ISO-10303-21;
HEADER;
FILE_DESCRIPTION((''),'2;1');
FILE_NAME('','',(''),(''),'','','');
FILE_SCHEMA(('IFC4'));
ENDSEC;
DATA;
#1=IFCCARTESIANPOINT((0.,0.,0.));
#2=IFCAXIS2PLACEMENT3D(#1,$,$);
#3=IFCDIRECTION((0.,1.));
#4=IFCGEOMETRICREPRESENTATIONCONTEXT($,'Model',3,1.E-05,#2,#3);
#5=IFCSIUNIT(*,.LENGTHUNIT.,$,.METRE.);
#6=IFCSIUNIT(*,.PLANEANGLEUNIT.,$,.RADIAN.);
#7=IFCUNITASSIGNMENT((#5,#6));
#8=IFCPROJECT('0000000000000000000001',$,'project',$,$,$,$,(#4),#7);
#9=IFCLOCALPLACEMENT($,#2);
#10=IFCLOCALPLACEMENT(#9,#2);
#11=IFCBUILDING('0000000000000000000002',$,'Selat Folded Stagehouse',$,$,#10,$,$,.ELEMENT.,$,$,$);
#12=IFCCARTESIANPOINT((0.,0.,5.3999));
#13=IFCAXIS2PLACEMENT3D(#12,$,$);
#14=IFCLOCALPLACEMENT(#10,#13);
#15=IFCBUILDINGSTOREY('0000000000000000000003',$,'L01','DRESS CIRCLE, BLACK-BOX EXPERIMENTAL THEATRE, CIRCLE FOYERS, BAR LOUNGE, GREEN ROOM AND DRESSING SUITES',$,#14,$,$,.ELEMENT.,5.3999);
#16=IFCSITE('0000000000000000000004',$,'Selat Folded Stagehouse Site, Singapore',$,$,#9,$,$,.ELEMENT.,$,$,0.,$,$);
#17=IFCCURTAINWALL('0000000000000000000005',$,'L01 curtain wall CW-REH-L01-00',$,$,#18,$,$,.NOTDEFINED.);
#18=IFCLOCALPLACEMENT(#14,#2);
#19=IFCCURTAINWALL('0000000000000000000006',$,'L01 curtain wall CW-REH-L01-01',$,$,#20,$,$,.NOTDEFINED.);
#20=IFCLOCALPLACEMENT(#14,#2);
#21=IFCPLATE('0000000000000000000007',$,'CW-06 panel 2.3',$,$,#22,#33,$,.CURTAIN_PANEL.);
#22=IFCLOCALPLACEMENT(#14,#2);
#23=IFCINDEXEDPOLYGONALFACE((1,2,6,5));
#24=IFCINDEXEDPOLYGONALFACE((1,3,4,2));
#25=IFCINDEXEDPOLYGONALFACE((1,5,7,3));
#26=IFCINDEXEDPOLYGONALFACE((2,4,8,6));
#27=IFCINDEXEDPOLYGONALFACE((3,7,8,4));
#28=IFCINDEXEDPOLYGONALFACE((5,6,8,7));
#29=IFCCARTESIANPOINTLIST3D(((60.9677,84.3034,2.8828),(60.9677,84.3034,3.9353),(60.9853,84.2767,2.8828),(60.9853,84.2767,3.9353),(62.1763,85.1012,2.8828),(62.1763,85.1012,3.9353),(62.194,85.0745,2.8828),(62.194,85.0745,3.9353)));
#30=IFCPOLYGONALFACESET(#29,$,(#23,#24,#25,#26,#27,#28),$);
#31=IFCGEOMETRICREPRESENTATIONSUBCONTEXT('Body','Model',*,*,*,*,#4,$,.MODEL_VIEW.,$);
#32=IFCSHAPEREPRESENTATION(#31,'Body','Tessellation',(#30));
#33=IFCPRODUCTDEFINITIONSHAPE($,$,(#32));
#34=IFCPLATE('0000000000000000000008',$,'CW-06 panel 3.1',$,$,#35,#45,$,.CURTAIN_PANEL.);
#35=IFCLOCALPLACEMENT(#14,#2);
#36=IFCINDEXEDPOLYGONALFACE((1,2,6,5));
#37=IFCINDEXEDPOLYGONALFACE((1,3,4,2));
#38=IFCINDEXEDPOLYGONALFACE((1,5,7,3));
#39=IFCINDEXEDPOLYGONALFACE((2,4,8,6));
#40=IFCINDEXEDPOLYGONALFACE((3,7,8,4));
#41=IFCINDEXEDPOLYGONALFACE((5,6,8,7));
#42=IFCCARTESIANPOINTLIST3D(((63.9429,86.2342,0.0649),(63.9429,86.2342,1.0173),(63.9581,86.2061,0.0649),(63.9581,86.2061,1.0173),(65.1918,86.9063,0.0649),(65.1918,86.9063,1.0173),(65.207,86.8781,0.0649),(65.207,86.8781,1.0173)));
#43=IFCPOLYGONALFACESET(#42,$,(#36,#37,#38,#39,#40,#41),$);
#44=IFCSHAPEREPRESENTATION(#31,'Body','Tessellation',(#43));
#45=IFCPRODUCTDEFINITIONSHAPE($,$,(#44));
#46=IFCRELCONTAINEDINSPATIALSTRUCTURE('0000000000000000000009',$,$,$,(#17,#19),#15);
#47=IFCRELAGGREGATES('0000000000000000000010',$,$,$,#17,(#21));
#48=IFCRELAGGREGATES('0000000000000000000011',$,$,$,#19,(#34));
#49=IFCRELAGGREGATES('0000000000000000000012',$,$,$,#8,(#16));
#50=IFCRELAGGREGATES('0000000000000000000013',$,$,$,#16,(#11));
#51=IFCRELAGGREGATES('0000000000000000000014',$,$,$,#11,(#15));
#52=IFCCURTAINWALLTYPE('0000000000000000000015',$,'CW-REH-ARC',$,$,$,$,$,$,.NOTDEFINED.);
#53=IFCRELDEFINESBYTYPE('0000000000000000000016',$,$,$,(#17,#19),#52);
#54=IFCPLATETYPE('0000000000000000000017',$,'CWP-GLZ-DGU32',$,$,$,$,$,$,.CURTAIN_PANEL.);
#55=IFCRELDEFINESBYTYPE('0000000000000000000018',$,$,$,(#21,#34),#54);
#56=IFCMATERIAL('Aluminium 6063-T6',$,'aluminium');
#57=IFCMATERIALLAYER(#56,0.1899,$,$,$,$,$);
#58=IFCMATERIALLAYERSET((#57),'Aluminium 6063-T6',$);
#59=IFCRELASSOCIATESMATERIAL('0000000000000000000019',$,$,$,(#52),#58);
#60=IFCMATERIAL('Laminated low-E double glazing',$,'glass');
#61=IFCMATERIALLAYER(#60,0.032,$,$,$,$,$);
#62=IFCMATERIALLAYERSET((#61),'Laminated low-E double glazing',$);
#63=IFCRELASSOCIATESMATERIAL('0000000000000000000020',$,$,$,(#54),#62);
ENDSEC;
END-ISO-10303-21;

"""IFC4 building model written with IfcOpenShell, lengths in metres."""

from ifc_helpers import new_model, si_unit, direction, frame, origin, origin_2d, place, context, subcontext, project, spatial, rectangle, extrude, material, layer, layer_set, type_object, element, aggregate, save


model = new_model("IFC4")

# Units and contexts
model_context = context("Model", 3, precision=1e-05, world=origin(), true_north=direction((0.0, 1.0)))
body_context = subcontext(model_context, "Body", "Model", "MODEL_VIEW")
ifc_project = project(units=[si_unit("LENGTHUNIT", "METRE"), si_unit("PLANEANGLEUNIT", "RADIAN")], contexts=[model_context])

# Site, building, storey
site_placement = place(None, origin())
site = spatial("IfcSite", under=ifc_project, at=site_placement, Name="Selat Folded Stagehouse Site, Singapore", CompositionType="ELEMENT", RefElevation=0.0)
building_placement = place(site_placement, origin())
building = spatial("IfcBuilding", under=site, at=building_placement, Name="Selat Folded Stagehouse", CompositionType="ELEMENT")
storey_placement = place(building_placement, frame((0.0, 0.0, 5.3999)))
storey = spatial("IfcBuildingStorey", under=building, at=storey_placement, Name="L01", Description="DRESS CIRCLE, BLACK-BOX EXPERIMENTAL THEATRE, CIRCLE FOYERS, BAR LOUNGE, GREEN ROOM AND DRESSING SUITES", CompositionType="ELEMENT", Elevation=5.3999)

# Curtain wall
ifc_material_1 = material(Name="Aluminium 6063-T6", Category="aluminium")
ifc_layer_1 = layer(ifc_material_1, 0.1899)
ifc_layer_set_1 = layer_set([ifc_layer_1], Name="Aluminium 6063-T6")
curtain_wall_type = type_object("IfcCurtainWallType", Name="CW-REH-ARC", PredefinedType="NOTDEFINED", material=ifc_layer_set_1)
curtain_wall_1_placement = place(storey_placement, origin())
curtain_wall_1 = element("IfcCurtainWall", 1, at=curtain_wall_1_placement, inside=storey, type_object=curtain_wall_type, Name="L01 curtain wall CW-REH-L01-00", PredefinedType="NOTDEFINED")

# Curtain wall
curtain_wall_2_placement = place(storey_placement, origin())
curtain_wall_2 = element("IfcCurtainWall", 2, at=curtain_wall_2_placement, inside=storey, type_object=curtain_wall_type, Name="L01 curtain wall CW-REH-L01-01", PredefinedType="NOTDEFINED")

# Plates
ifc_material_2 = material(Name="Laminated low-E double glazing", Category="glass")
ifc_layer_2 = layer(ifc_material_2, 0.032)
ifc_layer_set_2 = layer_set([ifc_layer_2], Name="Laminated low-E double glazing")
plate_type = type_object("IfcPlateType", Name="CWP-GLZ-DGU32", PredefinedType="CURTAIN_PANEL", material=ifc_layer_set_2)
plate_1_placement = place(storey_placement, frame((61.5808, 84.689, 2.8828), z_axis=(0.0, 0.0, 1.0), x_axis=(-0.834581, -0.550885, 0.0)))
plate_1 = element("IfcPlate", 3, at=plate_1_placement, type_object=plate_type, Name="CW-06 panel 2.3", PredefinedType="CURTAIN_PANEL", context=body_context, shape_type="SweptSolid", body=[
    extrude(rectangle(XDim=1.4482, YDim=0.032, at=origin_2d()), origin(), (0.0, 0.0, 1.0), 1.0525),
])
aggregate(curtain_wall_1, [plate_1])
plate_2_placement = place(storey_placement, frame((64.575, 86.5562, 0.0649), z_axis=(0.0, 0.0, 1.0), x_axis=(-0.880601, -0.473859, 0.0)))
plate_2 = element("IfcPlate", 4, at=plate_2_placement, type_object=plate_type, Name="CW-06 panel 3.1", PredefinedType="CURTAIN_PANEL", context=body_context, shape_type="SweptSolid", body=[
    extrude(rectangle(XDim=1.4182, YDim=0.032, at=origin_2d()), origin(), (0.0, 0.0, 1.0), 0.9524),
])
aggregate(curtain_wall_2, [plate_2])

save(model, "model.ifc")
